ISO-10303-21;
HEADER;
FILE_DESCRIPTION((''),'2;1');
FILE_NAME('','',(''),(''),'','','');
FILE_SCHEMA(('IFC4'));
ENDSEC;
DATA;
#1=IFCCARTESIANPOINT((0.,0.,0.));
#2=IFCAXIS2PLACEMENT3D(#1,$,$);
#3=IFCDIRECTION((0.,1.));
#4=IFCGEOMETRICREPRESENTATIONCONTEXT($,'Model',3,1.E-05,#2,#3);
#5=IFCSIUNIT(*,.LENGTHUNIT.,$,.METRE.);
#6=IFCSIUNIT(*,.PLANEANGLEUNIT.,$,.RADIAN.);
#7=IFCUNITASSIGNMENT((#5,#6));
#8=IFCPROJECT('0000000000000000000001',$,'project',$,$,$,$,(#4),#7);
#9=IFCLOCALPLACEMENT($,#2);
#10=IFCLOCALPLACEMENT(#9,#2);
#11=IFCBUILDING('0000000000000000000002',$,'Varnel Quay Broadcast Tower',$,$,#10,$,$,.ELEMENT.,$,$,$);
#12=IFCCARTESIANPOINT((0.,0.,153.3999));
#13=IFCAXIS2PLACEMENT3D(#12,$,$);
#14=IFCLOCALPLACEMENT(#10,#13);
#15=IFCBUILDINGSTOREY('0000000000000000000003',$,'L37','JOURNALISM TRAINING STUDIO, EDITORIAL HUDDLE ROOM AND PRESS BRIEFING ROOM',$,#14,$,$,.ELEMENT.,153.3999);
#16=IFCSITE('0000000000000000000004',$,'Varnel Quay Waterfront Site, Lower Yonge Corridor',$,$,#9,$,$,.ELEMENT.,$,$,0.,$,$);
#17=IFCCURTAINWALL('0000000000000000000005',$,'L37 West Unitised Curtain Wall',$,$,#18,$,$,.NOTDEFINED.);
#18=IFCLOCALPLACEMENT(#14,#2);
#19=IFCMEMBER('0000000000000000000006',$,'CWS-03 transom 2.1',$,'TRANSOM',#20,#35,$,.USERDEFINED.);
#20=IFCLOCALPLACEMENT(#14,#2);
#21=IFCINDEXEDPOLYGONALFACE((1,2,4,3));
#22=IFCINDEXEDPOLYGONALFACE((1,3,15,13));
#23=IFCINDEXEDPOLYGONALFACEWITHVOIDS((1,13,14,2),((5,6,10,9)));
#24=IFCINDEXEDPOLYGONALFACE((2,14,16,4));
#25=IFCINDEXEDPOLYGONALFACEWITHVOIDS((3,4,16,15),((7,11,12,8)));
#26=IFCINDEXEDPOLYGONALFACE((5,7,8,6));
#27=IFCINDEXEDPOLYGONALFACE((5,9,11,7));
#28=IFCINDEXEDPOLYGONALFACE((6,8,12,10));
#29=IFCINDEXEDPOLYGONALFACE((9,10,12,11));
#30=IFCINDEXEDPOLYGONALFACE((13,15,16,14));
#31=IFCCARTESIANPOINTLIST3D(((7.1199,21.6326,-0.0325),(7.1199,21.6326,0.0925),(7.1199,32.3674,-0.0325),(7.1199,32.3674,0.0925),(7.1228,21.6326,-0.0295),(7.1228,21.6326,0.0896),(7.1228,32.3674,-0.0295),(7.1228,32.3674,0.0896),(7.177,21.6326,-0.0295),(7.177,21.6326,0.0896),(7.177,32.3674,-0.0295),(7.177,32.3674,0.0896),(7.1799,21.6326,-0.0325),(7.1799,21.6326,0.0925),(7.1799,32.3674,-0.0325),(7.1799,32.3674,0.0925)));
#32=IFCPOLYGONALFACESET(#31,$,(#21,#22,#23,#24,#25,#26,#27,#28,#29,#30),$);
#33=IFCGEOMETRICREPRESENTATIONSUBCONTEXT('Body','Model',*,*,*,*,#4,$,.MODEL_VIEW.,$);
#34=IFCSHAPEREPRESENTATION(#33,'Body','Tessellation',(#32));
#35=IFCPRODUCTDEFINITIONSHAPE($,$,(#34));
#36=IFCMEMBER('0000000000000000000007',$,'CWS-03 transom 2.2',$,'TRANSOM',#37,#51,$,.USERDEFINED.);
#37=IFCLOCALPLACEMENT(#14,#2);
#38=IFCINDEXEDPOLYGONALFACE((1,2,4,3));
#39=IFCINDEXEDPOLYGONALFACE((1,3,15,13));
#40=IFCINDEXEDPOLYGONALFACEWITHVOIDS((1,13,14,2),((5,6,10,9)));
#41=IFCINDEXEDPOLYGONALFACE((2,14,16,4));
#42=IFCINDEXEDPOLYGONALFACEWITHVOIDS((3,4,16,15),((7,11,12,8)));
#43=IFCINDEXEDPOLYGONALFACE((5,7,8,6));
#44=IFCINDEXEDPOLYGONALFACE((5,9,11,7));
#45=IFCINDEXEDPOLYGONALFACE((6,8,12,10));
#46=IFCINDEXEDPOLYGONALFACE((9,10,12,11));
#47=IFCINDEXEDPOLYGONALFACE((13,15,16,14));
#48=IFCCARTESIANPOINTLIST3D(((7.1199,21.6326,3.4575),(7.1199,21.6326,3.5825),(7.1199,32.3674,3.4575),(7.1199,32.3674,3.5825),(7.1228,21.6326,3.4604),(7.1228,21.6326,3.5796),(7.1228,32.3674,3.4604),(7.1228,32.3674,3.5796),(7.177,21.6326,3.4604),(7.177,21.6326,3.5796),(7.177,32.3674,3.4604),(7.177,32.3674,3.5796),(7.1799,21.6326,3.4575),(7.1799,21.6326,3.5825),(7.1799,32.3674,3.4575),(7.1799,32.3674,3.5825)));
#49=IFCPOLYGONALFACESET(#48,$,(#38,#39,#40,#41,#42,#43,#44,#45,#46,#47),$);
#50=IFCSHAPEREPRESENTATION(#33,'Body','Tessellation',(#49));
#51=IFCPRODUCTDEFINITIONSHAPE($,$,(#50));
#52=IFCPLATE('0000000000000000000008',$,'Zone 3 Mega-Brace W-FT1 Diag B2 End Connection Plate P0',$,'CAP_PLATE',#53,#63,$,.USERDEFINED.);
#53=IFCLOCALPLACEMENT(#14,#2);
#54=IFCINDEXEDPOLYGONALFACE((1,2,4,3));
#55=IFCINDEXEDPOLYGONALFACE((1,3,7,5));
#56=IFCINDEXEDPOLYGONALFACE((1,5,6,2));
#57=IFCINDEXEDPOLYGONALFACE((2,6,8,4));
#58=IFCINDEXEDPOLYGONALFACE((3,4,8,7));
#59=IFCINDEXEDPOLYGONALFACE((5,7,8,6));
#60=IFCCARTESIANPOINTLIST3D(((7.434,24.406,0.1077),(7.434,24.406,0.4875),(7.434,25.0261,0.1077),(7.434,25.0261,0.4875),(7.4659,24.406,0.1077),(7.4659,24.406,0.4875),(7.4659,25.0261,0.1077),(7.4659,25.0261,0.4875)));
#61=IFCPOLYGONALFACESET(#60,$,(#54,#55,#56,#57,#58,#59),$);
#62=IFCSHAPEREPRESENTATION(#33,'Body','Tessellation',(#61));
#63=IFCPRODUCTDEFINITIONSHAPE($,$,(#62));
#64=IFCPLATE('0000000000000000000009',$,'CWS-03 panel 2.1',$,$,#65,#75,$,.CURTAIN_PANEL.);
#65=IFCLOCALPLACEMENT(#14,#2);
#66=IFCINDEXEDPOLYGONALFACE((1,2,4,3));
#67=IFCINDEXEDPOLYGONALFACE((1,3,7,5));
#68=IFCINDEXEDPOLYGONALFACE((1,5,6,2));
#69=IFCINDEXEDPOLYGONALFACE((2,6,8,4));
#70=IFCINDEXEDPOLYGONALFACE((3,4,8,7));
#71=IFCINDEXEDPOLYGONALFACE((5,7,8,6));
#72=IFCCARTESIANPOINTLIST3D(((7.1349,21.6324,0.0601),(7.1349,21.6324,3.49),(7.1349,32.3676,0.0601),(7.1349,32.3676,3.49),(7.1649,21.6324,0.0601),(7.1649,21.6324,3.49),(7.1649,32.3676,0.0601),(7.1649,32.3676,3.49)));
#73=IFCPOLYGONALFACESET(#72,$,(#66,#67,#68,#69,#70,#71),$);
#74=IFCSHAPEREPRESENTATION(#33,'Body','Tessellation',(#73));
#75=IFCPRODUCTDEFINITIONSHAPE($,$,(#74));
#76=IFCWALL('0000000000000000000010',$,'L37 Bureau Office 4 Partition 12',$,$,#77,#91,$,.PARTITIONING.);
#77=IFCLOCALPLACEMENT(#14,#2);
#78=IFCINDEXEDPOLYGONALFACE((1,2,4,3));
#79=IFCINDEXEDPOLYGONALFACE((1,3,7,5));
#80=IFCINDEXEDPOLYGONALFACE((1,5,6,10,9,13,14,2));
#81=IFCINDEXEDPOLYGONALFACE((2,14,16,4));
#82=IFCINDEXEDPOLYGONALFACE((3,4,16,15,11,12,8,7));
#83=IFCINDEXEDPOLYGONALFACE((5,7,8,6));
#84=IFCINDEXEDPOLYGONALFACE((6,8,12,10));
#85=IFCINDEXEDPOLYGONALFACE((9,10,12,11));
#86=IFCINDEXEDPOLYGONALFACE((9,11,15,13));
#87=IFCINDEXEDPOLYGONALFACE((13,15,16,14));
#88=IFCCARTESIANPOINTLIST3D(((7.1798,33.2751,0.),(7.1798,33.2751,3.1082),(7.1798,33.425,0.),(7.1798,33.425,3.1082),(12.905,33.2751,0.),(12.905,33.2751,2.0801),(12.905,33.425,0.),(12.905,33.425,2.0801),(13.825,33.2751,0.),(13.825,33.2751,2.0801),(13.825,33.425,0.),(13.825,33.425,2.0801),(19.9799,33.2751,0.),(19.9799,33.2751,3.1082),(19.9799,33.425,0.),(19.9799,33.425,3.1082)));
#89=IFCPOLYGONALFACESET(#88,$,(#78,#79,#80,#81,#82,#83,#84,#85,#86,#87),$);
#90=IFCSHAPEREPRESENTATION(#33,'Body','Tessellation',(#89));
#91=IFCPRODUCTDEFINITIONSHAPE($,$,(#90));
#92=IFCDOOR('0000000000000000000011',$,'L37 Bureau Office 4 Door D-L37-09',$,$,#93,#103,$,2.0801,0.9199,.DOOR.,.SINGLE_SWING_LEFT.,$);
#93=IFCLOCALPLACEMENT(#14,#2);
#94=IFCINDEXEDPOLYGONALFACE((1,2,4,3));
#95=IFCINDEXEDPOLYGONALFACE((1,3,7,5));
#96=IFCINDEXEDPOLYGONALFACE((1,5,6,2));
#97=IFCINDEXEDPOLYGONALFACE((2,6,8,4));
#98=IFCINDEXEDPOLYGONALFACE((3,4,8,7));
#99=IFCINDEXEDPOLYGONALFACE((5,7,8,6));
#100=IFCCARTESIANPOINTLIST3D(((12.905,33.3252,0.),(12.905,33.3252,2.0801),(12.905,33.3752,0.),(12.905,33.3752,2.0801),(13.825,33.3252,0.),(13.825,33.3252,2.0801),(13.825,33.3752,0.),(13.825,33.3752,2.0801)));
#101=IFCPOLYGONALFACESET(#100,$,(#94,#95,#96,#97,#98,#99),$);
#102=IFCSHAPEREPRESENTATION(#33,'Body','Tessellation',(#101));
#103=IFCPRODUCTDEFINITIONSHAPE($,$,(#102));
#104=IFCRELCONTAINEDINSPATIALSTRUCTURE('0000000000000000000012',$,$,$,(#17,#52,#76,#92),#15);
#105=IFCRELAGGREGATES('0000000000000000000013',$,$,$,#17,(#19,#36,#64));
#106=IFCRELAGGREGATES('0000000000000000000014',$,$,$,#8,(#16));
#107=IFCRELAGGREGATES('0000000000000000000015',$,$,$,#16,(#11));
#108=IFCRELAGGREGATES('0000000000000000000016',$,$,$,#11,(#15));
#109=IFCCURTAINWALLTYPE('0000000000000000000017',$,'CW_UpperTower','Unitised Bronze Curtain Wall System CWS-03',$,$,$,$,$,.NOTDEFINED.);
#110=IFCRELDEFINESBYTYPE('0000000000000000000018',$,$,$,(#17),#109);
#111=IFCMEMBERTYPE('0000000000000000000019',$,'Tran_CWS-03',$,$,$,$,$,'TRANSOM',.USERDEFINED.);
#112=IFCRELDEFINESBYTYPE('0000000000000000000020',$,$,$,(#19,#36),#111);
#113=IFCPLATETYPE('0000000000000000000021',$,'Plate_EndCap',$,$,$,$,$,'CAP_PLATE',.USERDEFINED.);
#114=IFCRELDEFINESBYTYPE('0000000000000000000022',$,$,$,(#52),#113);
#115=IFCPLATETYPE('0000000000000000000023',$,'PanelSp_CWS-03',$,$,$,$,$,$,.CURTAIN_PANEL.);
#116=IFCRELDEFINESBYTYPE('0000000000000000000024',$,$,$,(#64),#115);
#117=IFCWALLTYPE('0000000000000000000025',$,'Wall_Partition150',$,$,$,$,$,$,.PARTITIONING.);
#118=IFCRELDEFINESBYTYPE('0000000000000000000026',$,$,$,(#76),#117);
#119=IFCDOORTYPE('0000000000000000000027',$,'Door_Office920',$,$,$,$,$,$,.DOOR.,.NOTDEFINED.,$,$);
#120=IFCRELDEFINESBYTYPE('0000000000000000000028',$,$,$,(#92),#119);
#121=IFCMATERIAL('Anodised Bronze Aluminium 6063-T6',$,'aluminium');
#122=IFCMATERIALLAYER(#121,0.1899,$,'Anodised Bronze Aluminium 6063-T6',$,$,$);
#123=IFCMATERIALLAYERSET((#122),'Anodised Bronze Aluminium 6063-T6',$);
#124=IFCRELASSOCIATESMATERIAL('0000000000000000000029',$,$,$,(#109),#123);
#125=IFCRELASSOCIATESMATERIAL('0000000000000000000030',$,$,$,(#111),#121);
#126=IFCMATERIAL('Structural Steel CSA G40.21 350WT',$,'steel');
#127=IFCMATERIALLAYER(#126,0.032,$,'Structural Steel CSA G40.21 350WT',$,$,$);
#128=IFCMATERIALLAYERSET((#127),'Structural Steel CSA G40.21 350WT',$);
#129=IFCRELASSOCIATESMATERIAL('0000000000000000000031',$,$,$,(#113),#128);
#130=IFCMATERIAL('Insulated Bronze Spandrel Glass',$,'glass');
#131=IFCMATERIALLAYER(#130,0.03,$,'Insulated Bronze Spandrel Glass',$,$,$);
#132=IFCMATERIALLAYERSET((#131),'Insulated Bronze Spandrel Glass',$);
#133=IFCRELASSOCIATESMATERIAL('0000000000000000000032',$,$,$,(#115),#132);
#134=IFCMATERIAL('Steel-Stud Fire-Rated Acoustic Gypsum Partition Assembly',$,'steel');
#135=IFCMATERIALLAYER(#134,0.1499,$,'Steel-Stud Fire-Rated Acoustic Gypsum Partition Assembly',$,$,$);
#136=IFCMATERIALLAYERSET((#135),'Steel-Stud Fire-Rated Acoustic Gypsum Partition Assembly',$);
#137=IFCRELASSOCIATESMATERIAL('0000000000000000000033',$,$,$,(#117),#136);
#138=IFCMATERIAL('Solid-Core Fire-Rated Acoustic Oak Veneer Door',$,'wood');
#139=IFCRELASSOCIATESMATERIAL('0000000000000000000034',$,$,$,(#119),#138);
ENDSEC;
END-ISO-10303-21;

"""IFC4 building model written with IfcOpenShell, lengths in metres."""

from ifc_helpers import new_model, si_unit, direction, frame, frame_2d, origin, origin_2d, place, context, subcontext, project, spatial, rectangle, hollow_rectangle, extrude, source, transform, mapped, material, layer, layer_set, material_profile, profile_set, type_object, type_shapes, element, fill, aggregate, save


model = new_model("IFC4")

# Units and contexts
model_context = context("Model", 3, precision=1e-05, world=origin(), true_north=direction((0.0, 1.0)))
body_context = subcontext(model_context, "Body", "Model", "MODEL_VIEW")
ifc_project = project(units=[si_unit("LENGTHUNIT", "METRE"), si_unit("PLANEANGLEUNIT", "RADIAN")], contexts=[model_context])

# Site, building, storey
site_placement = place(None, origin())
site = spatial("IfcSite", under=ifc_project, at=site_placement, Name="Varnel Quay Waterfront Site, Lower Yonge Corridor", CompositionType="ELEMENT", RefElevation=0.0)
building_placement = place(site_placement, origin())
building = spatial("IfcBuilding", under=site, at=building_placement, Name="Varnel Quay Broadcast Tower", CompositionType="ELEMENT")
storey_placement = place(building_placement, frame((0.0, 0.0, 153.3999)))
storey = spatial("IfcBuildingStorey", under=building, at=storey_placement, Name="L37", Description="JOURNALISM TRAINING STUDIO, EDITORIAL HUDDLE ROOM AND PRESS BRIEFING ROOM", CompositionType="ELEMENT", Elevation=153.3999)

# Curtain wall, members
ifc_material_1 = material(Name="Anodised Bronze Aluminium 6063-T6", Category="aluminium")
ifc_layer_1 = layer(ifc_material_1, 0.1899, Name="Anodised Bronze Aluminium 6063-T6")
ifc_layer_set_1 = layer_set([ifc_layer_1], Name="Anodised Bronze Aluminium 6063-T6")
curtain_wall_type = type_object("IfcCurtainWallType", Name="CW_UpperTower", Description="Unitised Bronze Curtain Wall System CWS-03", PredefinedType="NOTDEFINED", material=ifc_layer_set_1)
curtain_wall_placement = place(storey_placement, origin())
curtain_wall = element("IfcCurtainWall", 1, at=curtain_wall_placement, inside=storey, type_object=curtain_wall_type, Name="L37 West Unitised Curtain Wall", PredefinedType="NOTDEFINED")
ifc_material_profile_1 = material_profile(ifc_material_1, hollow_rectangle(XDim=0.0601, YDim=0.125, WallThickness=0.0029, at=origin_2d()), Name="ALU60X125X3")
ifc_profile_set_1 = profile_set([ifc_material_profile_1], Name="Anodised Bronze Aluminium 6063-T6")
member_type_1 = type_object("IfcMemberType", Name="Tran_CWS-03", ElementType="TRANSOM", PredefinedType="USERDEFINED", material=ifc_profile_set_1)
shared_shape_1 = source(origin(), body_context, "Body", "SweptSolid", [
    extrude(hollow_rectangle(XDim=0.0601, YDim=0.125, WallThickness=0.0029, at=origin_2d()), origin(), (0.0, 0.0, 1.0), 10.7349),
])
member_1_placement = place(storey_placement, frame((7.1499, 21.6326, 0.03), z_axis=(0.0, 1.0, 0.0), x_axis=(-1.0, 0.0, 0.0)))
member_1 = element("IfcMember", 2, at=member_1_placement, type_object=member_type_1, Name="CWS-03 transom 2.1", ObjectType="TRANSOM", PredefinedType="USERDEFINED", context=body_context, shape_type="MappedRepresentation", body=[
    mapped(shared_shape_1, transform((0.0, 0.0, 0.0), x_axis=(1.0, 0.0, 0.0), y_axis=(0.0, 1.0, 0.0), z_axis=(0.0, 0.0, 1.0), scale=1.0)),
])
member_2_placement = place(storey_placement, frame((7.1499, 21.6326, 3.52), z_axis=(0.0, 1.0, 0.0), x_axis=(-1.0, 0.0, 0.0)))
member_2 = element("IfcMember", 3, at=member_2_placement, type_object=member_type_1, Name="CWS-03 transom 2.2", ObjectType="TRANSOM", PredefinedType="USERDEFINED", context=body_context, shape_type="MappedRepresentation", body=[
    mapped(shared_shape_1, transform((0.0, 0.0, 0.0), x_axis=(1.0, 0.0, 0.0), y_axis=(0.0, 1.0, 0.0), z_axis=(0.0, 0.0, 1.0), scale=1.0)),
])

# Plates
ifc_material_2 = material(Name="Structural Steel CSA G40.21 350WT", Category="steel")
ifc_layer_2 = layer(ifc_material_2, 0.032, Name="Structural Steel CSA G40.21 350WT")
ifc_layer_set_2 = layer_set([ifc_layer_2], Name="Structural Steel CSA G40.21 350WT")
plate_type_1 = type_object("IfcPlateType", Name="Plate_EndCap", ElementType="CAP_PLATE", PredefinedType="USERDEFINED", material=ifc_layer_set_2)
shared_shape_2 = source(origin(), body_context, "Body", "SweptSolid", [
    extrude(rectangle(XDim=0.6201, YDim=0.032, at=origin_2d()), origin(), (0.0, 0.0, 1.0), 0.3799),
])
type_shapes(plate_type_1, [shared_shape_2])
plate_1_placement = place(storey_placement, frame((7.45, 24.7161, 0.1077), z_axis=(0.0, 0.0, 1.0), x_axis=(0.0, 1.0, 0.0)))
element("IfcPlate", 4, at=plate_1_placement, inside=storey, type_object=plate_type_1, Name="Zone 3 Mega-Brace W-FT1 Diag B2 End Connection Plate P0", ObjectType="CAP_PLATE", PredefinedType="USERDEFINED", context=body_context, shape_type="MappedRepresentation", body=[
    mapped(shared_shape_2, transform((0.0, 0.0, 0.0), x_axis=(1.0, 0.0, 0.0), y_axis=(0.0, 1.0, 0.0), z_axis=(0.0, 0.0, 1.0), scale=1.0)),
])
ifc_material_3 = material(Name="Insulated Bronze Spandrel Glass", Category="glass")
ifc_layer_3 = layer(ifc_material_3, 0.03, Name="Insulated Bronze Spandrel Glass")
ifc_layer_set_3 = layer_set([ifc_layer_3], Name="Insulated Bronze Spandrel Glass")
plate_type_2 = type_object("IfcPlateType", Name="PanelSp_CWS-03", PredefinedType="CURTAIN_PANEL", material=ifc_layer_set_3)
shared_shape_3 = source(origin(), body_context, "Body", "SweptSolid", [
    extrude(rectangle(XDim=10.7351, YDim=0.03, at=origin_2d()), origin(), (0.0, 0.0, 1.0), 3.4299),
])
type_shapes(plate_type_2, [shared_shape_3])
plate_2_placement = place(storey_placement, frame((7.1499, 27.0, 0.0601), z_axis=(0.0, 0.0, 1.0), x_axis=(0.0, 1.0, 0.0)))
plate_2 = element("IfcPlate", 5, at=plate_2_placement, type_object=plate_type_2, Name="CWS-03 panel 2.1", PredefinedType="CURTAIN_PANEL", context=body_context, shape_type="MappedRepresentation", body=[
    mapped(shared_shape_3, transform((0.0, 0.0, 0.0), x_axis=(1.0, 0.0, 0.0), y_axis=(0.0, 1.0, 0.0), z_axis=(0.0, 0.0, 1.0), scale=1.0)),
])
aggregate(curtain_wall, [member_1, member_2, plate_2])

# Wall, opening, door
ifc_material_4 = material(Name="Steel-Stud Fire-Rated Acoustic Gypsum Partition Assembly", Category="steel")
ifc_layer_4 = layer(ifc_material_4, 0.1499, Name="Steel-Stud Fire-Rated Acoustic Gypsum Partition Assembly")
ifc_layer_set_4 = layer_set([ifc_layer_4], Name="Steel-Stud Fire-Rated Acoustic Gypsum Partition Assembly")
wall_type_1 = type_object("IfcWallType", Name="Wall_Partition150", PredefinedType="PARTITIONING", material=ifc_layer_set_4)
wall_1_placement = place(storey_placement, frame((7.1799, 33.3501, 0.0), z_axis=(0.0, 0.0, 1.0), x_axis=(1.0, 0.0, 0.0)))
wall_1 = element("IfcWall", 6, at=wall_1_placement, inside=storey, type_object=wall_type_1, Name="L37 Bureau Office 4 Partition 12", PredefinedType="PARTITIONING", context=body_context, shape_type="SweptSolid", body=[
    extrude(rectangle(XDim=12.8, YDim=0.1499, at=frame_2d((6.3999, 0.0))), origin(), (0.0, 0.0, 1.0), 3.1082),
])
opening_1_placement = place(wall_1_placement, frame((5.7251, 0.0, 0.0)))
opening_1 = element("IfcOpeningElement", 7, at=opening_1_placement, cuts=wall_1, PredefinedType="OPENING", context=body_context, shape_type="SweptSolid", body=[
    extrude(rectangle(XDim=0.9199, YDim=2.0801, at=frame_2d((0.46, 1.04))), frame((0.0, 0.085, 0.0), z_axis=(0.0, -1.0, 0.0), x_axis=(1.0, 0.0, 0.0)), (0.0, 0.0, 1.0), 0.1699),
])
ifc_material_5 = material(Name="Solid-Core Fire-Rated Acoustic Oak Veneer Door", Category="wood")
door_type_1 = type_object("IfcDoorType", Name="Door_Office920", OperationType="NOTDEFINED", PredefinedType="DOOR", material=ifc_material_5)
shared_shape_4 = source(origin(), body_context, "Body", "SweptSolid", [
    extrude(rectangle(XDim=0.9199, YDim=2.0801, at=frame_2d((0.46, 1.04))), frame((0.0, 0.0249, 0.0), z_axis=(0.0, -1.0, 0.0), x_axis=(1.0, 0.0, 0.0)), (0.0, 0.0, 1.0), 0.05),
])
type_shapes(door_type_1, [shared_shape_4])
door_1_placement = place(opening_1_placement, frame((0.9199, 0.0, 0.0), z_axis=(0.0, 0.0, 1.0), x_axis=(-1.0, 0.0, 0.0)))
door_1 = element("IfcDoor", 8, at=door_1_placement, inside=storey, type_object=door_type_1, Name="L37 Bureau Office 4 Door D-L37-09", OperationType="SINGLE_SWING_LEFT", OverallHeight=2.0801, OverallWidth=0.9199, PredefinedType="DOOR", context=body_context, shape_type="MappedRepresentation", body=[
    mapped(shared_shape_4, transform((0.0, 0.0, 0.0), x_axis=(1.0, 0.0, 0.0), y_axis=(0.0, 1.0, 0.0), z_axis=(0.0, 0.0, 1.0), scale=1.0)),
])
fill(opening_1, door_1)

save(model, "model.ifc")
